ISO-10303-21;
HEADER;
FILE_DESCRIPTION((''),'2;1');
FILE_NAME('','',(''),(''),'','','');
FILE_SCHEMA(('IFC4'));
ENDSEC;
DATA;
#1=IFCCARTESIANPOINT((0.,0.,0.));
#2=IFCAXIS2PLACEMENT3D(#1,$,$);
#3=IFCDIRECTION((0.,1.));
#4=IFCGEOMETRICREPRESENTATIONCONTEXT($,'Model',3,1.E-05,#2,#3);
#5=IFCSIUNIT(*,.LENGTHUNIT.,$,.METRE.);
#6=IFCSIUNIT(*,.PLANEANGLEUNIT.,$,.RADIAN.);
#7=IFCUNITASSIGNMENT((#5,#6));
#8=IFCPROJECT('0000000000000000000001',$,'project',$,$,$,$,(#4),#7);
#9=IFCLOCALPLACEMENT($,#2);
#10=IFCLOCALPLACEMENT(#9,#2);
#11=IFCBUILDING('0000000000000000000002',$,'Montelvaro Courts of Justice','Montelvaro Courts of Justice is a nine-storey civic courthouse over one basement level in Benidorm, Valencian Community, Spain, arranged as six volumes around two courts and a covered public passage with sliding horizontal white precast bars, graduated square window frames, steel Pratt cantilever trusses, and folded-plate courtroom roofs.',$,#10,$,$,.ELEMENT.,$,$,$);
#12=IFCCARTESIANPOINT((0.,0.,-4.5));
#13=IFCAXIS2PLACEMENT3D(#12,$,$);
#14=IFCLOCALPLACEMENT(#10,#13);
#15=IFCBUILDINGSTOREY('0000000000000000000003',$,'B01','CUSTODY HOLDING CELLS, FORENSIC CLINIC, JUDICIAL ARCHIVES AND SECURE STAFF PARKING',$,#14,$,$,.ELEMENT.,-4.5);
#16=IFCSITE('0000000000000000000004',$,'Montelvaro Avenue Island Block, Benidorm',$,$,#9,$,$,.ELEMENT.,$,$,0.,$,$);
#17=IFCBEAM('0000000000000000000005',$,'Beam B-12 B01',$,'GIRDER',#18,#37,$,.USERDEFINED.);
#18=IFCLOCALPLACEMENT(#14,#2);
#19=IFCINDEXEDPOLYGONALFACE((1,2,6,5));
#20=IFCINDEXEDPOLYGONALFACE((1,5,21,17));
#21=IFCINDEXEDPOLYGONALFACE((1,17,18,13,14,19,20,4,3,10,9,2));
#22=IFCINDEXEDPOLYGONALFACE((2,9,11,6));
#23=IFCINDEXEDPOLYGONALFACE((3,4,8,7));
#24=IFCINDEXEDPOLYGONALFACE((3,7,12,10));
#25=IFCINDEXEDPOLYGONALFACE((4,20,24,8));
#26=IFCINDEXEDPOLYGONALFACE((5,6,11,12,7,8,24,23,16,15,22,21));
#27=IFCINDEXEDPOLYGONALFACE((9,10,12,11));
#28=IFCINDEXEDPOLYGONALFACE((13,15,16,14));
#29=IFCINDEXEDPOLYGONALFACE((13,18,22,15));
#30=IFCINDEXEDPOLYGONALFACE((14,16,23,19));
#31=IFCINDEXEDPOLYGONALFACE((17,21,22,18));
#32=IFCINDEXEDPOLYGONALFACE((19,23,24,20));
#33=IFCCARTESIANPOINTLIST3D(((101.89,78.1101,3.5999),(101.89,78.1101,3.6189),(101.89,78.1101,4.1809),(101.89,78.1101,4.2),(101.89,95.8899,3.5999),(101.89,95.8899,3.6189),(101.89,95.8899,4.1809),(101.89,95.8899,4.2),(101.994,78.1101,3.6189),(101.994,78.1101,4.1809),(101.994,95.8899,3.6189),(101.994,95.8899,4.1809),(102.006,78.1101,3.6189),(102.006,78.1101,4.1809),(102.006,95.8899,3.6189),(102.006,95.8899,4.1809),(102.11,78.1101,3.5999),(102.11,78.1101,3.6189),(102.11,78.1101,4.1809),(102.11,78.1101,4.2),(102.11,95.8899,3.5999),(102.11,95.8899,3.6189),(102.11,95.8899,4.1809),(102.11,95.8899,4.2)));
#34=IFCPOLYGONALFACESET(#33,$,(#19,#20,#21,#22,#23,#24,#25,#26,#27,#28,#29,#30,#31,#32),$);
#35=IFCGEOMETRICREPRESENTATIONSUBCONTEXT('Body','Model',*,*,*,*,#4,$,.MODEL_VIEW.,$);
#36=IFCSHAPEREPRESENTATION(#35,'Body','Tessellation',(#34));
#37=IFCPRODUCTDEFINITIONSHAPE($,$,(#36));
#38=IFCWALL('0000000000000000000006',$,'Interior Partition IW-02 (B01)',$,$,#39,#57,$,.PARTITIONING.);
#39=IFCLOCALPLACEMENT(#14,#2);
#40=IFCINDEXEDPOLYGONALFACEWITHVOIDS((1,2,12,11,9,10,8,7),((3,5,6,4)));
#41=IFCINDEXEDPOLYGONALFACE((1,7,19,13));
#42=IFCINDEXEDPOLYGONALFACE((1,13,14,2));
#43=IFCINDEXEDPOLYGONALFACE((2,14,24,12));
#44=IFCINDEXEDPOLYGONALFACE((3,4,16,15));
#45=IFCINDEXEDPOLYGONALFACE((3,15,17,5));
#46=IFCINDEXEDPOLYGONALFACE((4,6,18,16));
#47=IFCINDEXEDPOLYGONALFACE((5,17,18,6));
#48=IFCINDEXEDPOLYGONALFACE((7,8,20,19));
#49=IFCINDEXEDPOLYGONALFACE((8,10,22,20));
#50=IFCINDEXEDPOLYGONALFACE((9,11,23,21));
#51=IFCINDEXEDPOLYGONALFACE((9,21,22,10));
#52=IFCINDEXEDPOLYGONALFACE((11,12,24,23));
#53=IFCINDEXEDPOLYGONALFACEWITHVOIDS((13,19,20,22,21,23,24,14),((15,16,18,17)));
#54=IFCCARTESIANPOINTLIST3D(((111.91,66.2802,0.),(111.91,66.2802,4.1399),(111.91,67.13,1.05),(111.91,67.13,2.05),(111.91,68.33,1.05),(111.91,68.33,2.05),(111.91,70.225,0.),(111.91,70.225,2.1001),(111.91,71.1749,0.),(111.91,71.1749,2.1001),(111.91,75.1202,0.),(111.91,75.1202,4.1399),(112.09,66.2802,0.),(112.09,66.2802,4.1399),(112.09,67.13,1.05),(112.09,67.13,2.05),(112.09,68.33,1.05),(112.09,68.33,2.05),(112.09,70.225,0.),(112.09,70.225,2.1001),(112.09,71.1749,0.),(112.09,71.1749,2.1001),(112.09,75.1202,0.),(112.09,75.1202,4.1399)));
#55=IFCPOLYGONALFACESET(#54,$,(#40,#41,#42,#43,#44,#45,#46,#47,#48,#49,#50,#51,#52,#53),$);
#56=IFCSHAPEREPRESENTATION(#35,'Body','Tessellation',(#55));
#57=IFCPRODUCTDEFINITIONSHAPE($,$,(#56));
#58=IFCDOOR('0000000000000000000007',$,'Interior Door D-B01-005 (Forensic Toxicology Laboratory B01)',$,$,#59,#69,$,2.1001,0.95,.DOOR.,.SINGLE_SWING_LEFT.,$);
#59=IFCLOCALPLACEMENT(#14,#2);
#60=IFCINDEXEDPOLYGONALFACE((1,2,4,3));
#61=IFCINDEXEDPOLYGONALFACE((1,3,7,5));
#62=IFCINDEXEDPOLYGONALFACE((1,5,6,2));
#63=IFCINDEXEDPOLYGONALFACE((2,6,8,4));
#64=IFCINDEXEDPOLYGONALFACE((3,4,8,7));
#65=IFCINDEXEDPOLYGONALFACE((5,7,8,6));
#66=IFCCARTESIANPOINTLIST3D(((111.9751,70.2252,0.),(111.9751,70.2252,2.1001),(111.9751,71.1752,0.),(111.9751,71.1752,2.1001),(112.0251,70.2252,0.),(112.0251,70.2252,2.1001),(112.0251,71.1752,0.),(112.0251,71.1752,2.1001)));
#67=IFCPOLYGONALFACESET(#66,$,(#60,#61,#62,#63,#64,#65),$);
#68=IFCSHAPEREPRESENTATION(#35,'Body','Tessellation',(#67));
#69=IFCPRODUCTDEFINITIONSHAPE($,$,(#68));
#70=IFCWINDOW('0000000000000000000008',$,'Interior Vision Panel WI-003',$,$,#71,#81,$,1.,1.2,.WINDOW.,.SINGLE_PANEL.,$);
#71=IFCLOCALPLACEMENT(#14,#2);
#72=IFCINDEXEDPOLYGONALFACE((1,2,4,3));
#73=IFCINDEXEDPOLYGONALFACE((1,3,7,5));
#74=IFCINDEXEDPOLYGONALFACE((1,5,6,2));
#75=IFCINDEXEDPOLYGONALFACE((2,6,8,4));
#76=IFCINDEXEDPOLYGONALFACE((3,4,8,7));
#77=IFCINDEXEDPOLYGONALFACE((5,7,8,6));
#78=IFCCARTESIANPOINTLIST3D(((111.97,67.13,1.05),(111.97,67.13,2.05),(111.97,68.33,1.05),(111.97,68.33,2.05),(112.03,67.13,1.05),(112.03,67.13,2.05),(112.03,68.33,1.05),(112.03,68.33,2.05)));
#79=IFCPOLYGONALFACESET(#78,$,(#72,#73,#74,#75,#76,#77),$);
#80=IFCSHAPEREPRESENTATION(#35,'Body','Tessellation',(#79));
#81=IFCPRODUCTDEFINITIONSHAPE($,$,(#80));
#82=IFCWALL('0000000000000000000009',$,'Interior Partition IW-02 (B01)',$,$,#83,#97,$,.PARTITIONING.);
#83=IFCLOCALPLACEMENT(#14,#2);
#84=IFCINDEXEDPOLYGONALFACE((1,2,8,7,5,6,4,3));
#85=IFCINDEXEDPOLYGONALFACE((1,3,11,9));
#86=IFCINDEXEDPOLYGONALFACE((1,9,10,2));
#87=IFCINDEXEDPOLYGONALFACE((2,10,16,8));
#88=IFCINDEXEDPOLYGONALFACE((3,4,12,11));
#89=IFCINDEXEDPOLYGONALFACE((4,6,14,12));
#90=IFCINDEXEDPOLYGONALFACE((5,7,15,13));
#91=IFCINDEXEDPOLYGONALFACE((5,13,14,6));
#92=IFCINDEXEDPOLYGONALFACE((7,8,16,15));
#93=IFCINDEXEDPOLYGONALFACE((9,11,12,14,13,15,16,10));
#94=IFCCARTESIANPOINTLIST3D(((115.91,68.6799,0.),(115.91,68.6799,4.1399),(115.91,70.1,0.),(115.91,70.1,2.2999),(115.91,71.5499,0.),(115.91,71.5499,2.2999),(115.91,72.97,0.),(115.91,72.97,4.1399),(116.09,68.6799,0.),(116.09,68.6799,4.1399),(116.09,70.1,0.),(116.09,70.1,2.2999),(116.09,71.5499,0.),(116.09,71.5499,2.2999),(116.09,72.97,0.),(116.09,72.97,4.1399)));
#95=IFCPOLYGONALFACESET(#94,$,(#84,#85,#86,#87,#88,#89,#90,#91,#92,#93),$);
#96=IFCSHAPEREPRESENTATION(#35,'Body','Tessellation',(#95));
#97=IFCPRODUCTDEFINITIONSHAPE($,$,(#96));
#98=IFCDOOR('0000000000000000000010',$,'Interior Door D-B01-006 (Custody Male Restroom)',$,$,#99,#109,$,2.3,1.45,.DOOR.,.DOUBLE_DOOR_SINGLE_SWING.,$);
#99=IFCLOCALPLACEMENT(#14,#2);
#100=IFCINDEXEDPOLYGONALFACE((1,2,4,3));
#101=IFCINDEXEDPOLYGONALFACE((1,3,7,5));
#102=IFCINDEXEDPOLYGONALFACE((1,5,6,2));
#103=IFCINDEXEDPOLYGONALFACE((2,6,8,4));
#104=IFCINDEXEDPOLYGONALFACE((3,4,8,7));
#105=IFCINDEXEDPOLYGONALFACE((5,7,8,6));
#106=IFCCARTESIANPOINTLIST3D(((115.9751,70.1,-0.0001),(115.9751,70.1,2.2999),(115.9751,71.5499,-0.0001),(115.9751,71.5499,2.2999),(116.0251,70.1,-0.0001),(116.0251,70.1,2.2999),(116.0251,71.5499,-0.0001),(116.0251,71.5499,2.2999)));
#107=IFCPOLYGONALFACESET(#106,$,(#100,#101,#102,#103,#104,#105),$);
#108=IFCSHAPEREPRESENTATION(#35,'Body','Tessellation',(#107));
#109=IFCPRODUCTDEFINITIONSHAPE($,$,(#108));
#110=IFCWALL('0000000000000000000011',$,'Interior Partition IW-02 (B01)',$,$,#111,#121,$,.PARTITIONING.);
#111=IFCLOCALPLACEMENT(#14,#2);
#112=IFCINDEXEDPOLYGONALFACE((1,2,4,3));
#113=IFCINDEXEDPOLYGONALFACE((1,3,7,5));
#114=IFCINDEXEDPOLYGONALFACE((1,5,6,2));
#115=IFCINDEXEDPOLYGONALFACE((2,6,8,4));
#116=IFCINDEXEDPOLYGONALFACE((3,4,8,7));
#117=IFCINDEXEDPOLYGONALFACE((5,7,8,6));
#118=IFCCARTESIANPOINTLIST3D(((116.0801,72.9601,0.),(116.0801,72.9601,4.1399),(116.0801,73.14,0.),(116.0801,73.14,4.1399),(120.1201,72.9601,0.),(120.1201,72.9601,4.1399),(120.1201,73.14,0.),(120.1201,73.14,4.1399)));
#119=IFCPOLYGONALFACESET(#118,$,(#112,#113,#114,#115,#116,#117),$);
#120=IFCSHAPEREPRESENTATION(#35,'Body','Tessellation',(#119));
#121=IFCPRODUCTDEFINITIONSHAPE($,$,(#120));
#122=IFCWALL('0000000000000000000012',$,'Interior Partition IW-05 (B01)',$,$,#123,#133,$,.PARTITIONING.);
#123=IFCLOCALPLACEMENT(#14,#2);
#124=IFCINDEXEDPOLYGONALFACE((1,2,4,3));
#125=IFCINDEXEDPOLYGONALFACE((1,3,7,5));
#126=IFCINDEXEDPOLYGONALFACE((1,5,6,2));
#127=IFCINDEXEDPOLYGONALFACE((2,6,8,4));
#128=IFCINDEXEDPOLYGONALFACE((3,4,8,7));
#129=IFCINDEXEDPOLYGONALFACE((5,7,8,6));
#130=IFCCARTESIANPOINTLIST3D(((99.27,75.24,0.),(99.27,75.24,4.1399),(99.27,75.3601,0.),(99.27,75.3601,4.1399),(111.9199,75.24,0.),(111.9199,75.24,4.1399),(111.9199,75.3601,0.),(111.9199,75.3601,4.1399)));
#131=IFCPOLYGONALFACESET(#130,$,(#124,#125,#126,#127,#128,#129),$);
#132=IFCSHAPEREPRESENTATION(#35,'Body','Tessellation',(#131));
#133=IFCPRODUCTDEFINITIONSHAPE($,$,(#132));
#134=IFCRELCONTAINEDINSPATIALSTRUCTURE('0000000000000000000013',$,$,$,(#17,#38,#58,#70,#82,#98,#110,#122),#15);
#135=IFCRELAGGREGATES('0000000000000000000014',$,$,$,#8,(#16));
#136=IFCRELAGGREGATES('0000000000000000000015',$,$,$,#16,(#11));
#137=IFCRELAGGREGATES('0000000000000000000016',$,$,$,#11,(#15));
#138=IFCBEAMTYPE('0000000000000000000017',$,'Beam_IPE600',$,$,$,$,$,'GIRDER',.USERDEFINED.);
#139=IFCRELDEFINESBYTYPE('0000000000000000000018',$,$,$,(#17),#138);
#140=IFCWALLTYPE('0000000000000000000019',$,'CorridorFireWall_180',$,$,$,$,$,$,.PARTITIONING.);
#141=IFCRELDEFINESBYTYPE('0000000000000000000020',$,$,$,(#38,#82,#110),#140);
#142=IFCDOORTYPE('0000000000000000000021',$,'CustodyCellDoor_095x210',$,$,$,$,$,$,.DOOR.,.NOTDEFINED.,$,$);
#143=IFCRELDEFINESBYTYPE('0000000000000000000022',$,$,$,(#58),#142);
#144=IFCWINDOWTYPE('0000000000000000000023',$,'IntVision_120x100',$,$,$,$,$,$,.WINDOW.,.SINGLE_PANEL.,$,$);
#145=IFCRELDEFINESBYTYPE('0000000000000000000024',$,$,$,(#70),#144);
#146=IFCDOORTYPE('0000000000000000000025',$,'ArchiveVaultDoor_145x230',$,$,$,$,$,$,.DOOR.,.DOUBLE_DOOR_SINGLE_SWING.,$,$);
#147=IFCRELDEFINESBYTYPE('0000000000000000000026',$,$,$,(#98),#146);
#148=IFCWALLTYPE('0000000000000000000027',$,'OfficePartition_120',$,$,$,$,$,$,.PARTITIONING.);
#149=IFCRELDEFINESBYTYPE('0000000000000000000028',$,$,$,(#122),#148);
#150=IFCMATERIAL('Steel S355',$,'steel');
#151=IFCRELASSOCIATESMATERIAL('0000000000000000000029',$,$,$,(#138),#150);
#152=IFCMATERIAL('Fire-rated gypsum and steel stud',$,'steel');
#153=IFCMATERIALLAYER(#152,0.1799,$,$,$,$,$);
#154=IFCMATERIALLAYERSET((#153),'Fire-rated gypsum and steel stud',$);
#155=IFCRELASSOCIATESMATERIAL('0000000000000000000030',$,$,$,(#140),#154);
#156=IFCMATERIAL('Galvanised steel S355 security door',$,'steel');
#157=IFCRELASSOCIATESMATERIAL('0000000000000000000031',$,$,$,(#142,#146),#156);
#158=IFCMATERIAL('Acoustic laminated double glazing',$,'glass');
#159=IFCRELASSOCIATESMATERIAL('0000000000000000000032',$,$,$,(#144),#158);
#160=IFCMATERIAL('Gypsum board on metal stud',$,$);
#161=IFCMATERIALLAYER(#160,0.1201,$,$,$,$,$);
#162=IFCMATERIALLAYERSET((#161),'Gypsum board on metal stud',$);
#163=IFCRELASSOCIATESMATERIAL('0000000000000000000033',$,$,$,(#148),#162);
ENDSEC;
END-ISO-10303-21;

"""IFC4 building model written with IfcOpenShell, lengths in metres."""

from ifc_helpers import new_model, si_unit, direction, frame, frame_2d, origin, origin_2d, place, context, subcontext, project, spatial, rectangle, i_section, extrude, material, layer, layer_set, material_profile, profile_set, type_object, element, fill, save


model = new_model("IFC4")

# Units and contexts
model_context = context("Model", 3, precision=1e-05, world=origin(), true_north=direction((0.0, 1.0)))
body_context = subcontext(model_context, "Body", "Model", "MODEL_VIEW")
ifc_project = project(units=[si_unit("LENGTHUNIT", "METRE"), si_unit("PLANEANGLEUNIT", "RADIAN")], contexts=[model_context])

# Site, building, storey
site_placement = place(None, origin())
site = spatial("IfcSite", under=ifc_project, at=site_placement, Name="Montelvaro Avenue Island Block, Benidorm", CompositionType="ELEMENT", RefElevation=0.0)
building_placement = place(site_placement, origin())
building = spatial("IfcBuilding", under=site, at=building_placement, Name="Montelvaro Courts of Justice", Description="Montelvaro Courts of Justice is a nine-storey civic courthouse over one basement level in Benidorm, Valencian Community, Spain, arranged as six volumes around two courts and a covered public passage with sliding horizontal white precast bars, graduated square window frames, steel Pratt cantilever trusses, and folded-plate courtroom roofs.", CompositionType="ELEMENT")
storey_placement = place(building_placement, frame((0.0, 0.0, -4.5)))
storey = spatial("IfcBuildingStorey", under=building, at=storey_placement, Name="B01", Description="CUSTODY HOLDING CELLS, FORENSIC CLINIC, JUDICIAL ARCHIVES AND SECURE STAFF PARKING", CompositionType="ELEMENT", Elevation=-4.5)

# Beam
ifc_material_1 = material(Name="Steel S355", Category="steel")
ifc_material_profile_1 = material_profile(ifc_material_1, i_section(OverallWidth=0.22, OverallDepth=0.6001, WebThickness=0.012, FlangeThickness=0.019, at=origin_2d()), Name="IPE 600")
ifc_profile_set_1 = profile_set([ifc_material_profile_1], Name="Steel S355")
beam_type_1 = type_object("IfcBeamType", Name="Beam_IPE600", ElementType="GIRDER", PredefinedType="USERDEFINED", material=ifc_profile_set_1)
beam_1_placement = place(storey_placement, frame((102.0, 78.1101, 3.8999), z_axis=(0.0, 1.0, 0.0), x_axis=(-1.0, 0.0, 0.0)))
element("IfcBeam", 1, at=beam_1_placement, inside=storey, type_object=beam_type_1, Name="Beam B-12 B01", ObjectType="GIRDER", PredefinedType="USERDEFINED", context=body_context, shape_type="SweptSolid", body=[
    extrude(i_section(OverallWidth=0.22, OverallDepth=0.6001, WebThickness=0.012, FlangeThickness=0.019, at=origin_2d()), origin(), (0.0, 0.0, 1.0), 17.7798),
])

# Wall, openings, door, window
ifc_material_2 = material(Name="Fire-rated gypsum and steel stud", Category="steel")
ifc_layer_1 = layer(ifc_material_2, 0.1799)
ifc_layer_set_1 = layer_set([ifc_layer_1], Name="Fire-rated gypsum and steel stud")
wall_type_1 = type_object("IfcWallType", Name="CorridorFireWall_180", PredefinedType="PARTITIONING", material=ifc_layer_set_1)
wall_1_placement = place(storey_placement, frame((112.0, 75.1201, 0.0), z_axis=(0.0, 0.0, 1.0), x_axis=(0.0, -1.0, 0.0)))
wall_1 = element("IfcWall", 2, at=wall_1_placement, inside=storey, type_object=wall_type_1, Name="Interior Partition IW-02 (B01)", PredefinedType="PARTITIONING", context=body_context, shape_type="SweptSolid", body=[
    extrude(rectangle(XDim=8.8401, YDim=0.1799, at=frame_2d((4.4199, 0.0))), origin(), (0.0, 0.0, 1.0), 4.1399),
])
opening_1_placement = place(wall_1_placement, frame((3.9451, 0.0, 0.0)))
opening_1 = element("IfcOpeningElement", 3, at=opening_1_placement, cuts=wall_1, PredefinedType="OPENING", context=body_context, shape_type="SweptSolid", body=[
    extrude(rectangle(XDim=0.95, YDim=2.1001, at=frame_2d((0.4751, 1.05))), frame((0.0, 0.105, 0.0), z_axis=(0.0, -1.0, 0.0), x_axis=(1.0, 0.0, 0.0)), (0.0, 0.0, 1.0), 0.2097),
])
opening_2_placement = place(wall_1_placement, frame((6.79, 0.0, 1.05)))
opening_2 = element("IfcOpeningElement", 4, at=opening_2_placement, cuts=wall_1, PredefinedType="OPENING", context=body_context, shape_type="SweptSolid", body=[
    extrude(rectangle(XDim=1.2, YDim=1.0, at=frame_2d((0.6001, 0.5))), frame((0.0, 0.105, 0.0), z_axis=(0.0, -1.0, 0.0), x_axis=(1.0, 0.0, 0.0)), (0.0, 0.0, 1.0), 0.2097),
])
ifc_material_3 = material(Name="Galvanised steel S355 security door", Category="steel")
door_type_1 = type_object("IfcDoorType", Name="CustodyCellDoor_095x210", OperationType="NOTDEFINED", PredefinedType="DOOR", material=ifc_material_3)
door_1_placement = place(opening_1_placement, frame((0.95, 0.0, 0.0), z_axis=(0.0, 0.0, 1.0), x_axis=(-1.0, 0.0, 0.0)))
door_1 = element("IfcDoor", 5, at=door_1_placement, inside=storey, type_object=door_type_1, Name="Interior Door D-B01-005 (Forensic Toxicology Laboratory B01)", OperationType="SINGLE_SWING_LEFT", OverallHeight=2.1001, OverallWidth=0.95, PredefinedType="DOOR", context=body_context, shape_type="SweptSolid", body=[
    extrude(rectangle(XDim=0.95, YDim=2.1001, at=frame_2d((0.4751, 1.05))), frame((0.0, 0.0249, 0.0), z_axis=(0.0, -1.0, 0.0), x_axis=(1.0, 0.0, 0.0)), (0.0, 0.0, 1.0), 0.05),
])
fill(opening_1, door_1)
ifc_material_4 = material(Name="Acoustic laminated double glazing", Category="glass")
window_type = type_object("IfcWindowType", Name="IntVision_120x100", PartitioningType="SINGLE_PANEL", PredefinedType="WINDOW", material=ifc_material_4)
window_placement = place(opening_2_placement, origin())
window = element("IfcWindow", 6, at=window_placement, inside=storey, type_object=window_type, Name="Interior Vision Panel WI-003", OverallHeight=1.0, OverallWidth=1.2, PartitioningType="SINGLE_PANEL", PredefinedType="WINDOW", context=body_context, shape_type="SweptSolid", body=[
    extrude(rectangle(XDim=1.2, YDim=1.0, at=frame_2d((0.6001, 0.5))), frame((0.0, 0.03, 0.0), z_axis=(0.0, -1.0, 0.0), x_axis=(1.0, 0.0, 0.0)), (0.0, 0.0, 1.0), 0.0601),
])
fill(opening_2, window)

# Wall, opening, door
wall_2_placement = place(storey_placement, frame((116.0, 68.6799, 0.0), z_axis=(0.0, 0.0, 1.0), x_axis=(0.0, 1.0, 0.0)))
wall_2 = element("IfcWall", 7, at=wall_2_placement, inside=storey, type_object=wall_type_1, Name="Interior Partition IW-02 (B01)", PredefinedType="PARTITIONING", context=body_context, shape_type="SweptSolid", body=[
    extrude(rectangle(XDim=4.29, YDim=0.1799, at=frame_2d((2.145, 0.0))), origin(), (0.0, 0.0, 1.0), 4.1399),
])
opening_3_placement = place(wall_2_placement, frame((1.4199, 0.0, 0.0)))
opening_3 = element("IfcOpeningElement", 8, at=opening_3_placement, cuts=wall_2, PredefinedType="OPENING", context=body_context, shape_type="SweptSolid", body=[
    extrude(rectangle(XDim=1.45, YDim=2.3, at=frame_2d((0.7251, 1.1499))), frame((0.0, 0.105, 0.0), z_axis=(0.0, -1.0, 0.0), x_axis=(1.0, 0.0, 0.0)), (0.0, 0.0, 1.0), 0.2097),
])
door_type_2 = type_object("IfcDoorType", Name="ArchiveVaultDoor_145x230", OperationType="DOUBLE_DOOR_SINGLE_SWING", PredefinedType="DOOR", material=ifc_material_3)
door_2_placement = place(opening_3_placement, origin())
door_2 = element("IfcDoor", 9, at=door_2_placement, inside=storey, type_object=door_type_2, Name="Interior Door D-B01-006 (Custody Male Restroom)", OperationType="DOUBLE_DOOR_SINGLE_SWING", OverallHeight=2.3, OverallWidth=1.45, PredefinedType="DOOR", context=body_context, shape_type="SweptSolid", body=[
    extrude(rectangle(XDim=1.45, YDim=2.3, at=frame_2d((0.7251, 1.1499))), frame((0.0, 0.0249, 0.0), z_axis=(0.0, -1.0, 0.0), x_axis=(1.0, 0.0, 0.0)), (0.0, 0.0, 1.0), 0.05),
])
fill(opening_3, door_2)

# Wall
wall_3_placement = place(storey_placement, frame((116.0801, 73.05, 0.0), z_axis=(0.0, 0.0, 1.0), x_axis=(1.0, 0.0, 0.0)))
element("IfcWall", 10, at=wall_3_placement, inside=storey, type_object=wall_type_1, Name="Interior Partition IW-02 (B01)", PredefinedType="PARTITIONING", context=body_context, shape_type="SweptSolid", body=[
    extrude(rectangle(XDim=4.04, YDim=0.1799, at=frame_2d((2.02, 0.0))), origin(), (0.0, 0.0, 1.0), 4.1399),
])

# Wall
ifc_material_5 = material(Name="Gypsum board on metal stud")
ifc_layer_2 = layer(ifc_material_5, 0.1201)
ifc_layer_set_2 = layer_set([ifc_layer_2], Name="Gypsum board on metal stud")
wall_type_2 = type_object("IfcWallType", Name="OfficePartition_120", PredefinedType="PARTITIONING", material=ifc_layer_set_2)
wall_4_placement = place(storey_placement, frame((111.9199, 75.3, 0.0), z_axis=(0.0, 0.0, 1.0), x_axis=(-1.0, 0.0, 0.0)))
element("IfcWall", 11, at=wall_4_placement, inside=storey, type_object=wall_type_2, Name="Interior Partition IW-05 (B01)", PredefinedType="PARTITIONING", context=body_context, shape_type="SweptSolid", body=[
    extrude(rectangle(XDim=12.6499, YDim=0.1201, at=frame_2d((6.325, 0.0))), origin(), (0.0, 0.0, 1.0), 4.1399),
])

save(model, "model.ifc")
